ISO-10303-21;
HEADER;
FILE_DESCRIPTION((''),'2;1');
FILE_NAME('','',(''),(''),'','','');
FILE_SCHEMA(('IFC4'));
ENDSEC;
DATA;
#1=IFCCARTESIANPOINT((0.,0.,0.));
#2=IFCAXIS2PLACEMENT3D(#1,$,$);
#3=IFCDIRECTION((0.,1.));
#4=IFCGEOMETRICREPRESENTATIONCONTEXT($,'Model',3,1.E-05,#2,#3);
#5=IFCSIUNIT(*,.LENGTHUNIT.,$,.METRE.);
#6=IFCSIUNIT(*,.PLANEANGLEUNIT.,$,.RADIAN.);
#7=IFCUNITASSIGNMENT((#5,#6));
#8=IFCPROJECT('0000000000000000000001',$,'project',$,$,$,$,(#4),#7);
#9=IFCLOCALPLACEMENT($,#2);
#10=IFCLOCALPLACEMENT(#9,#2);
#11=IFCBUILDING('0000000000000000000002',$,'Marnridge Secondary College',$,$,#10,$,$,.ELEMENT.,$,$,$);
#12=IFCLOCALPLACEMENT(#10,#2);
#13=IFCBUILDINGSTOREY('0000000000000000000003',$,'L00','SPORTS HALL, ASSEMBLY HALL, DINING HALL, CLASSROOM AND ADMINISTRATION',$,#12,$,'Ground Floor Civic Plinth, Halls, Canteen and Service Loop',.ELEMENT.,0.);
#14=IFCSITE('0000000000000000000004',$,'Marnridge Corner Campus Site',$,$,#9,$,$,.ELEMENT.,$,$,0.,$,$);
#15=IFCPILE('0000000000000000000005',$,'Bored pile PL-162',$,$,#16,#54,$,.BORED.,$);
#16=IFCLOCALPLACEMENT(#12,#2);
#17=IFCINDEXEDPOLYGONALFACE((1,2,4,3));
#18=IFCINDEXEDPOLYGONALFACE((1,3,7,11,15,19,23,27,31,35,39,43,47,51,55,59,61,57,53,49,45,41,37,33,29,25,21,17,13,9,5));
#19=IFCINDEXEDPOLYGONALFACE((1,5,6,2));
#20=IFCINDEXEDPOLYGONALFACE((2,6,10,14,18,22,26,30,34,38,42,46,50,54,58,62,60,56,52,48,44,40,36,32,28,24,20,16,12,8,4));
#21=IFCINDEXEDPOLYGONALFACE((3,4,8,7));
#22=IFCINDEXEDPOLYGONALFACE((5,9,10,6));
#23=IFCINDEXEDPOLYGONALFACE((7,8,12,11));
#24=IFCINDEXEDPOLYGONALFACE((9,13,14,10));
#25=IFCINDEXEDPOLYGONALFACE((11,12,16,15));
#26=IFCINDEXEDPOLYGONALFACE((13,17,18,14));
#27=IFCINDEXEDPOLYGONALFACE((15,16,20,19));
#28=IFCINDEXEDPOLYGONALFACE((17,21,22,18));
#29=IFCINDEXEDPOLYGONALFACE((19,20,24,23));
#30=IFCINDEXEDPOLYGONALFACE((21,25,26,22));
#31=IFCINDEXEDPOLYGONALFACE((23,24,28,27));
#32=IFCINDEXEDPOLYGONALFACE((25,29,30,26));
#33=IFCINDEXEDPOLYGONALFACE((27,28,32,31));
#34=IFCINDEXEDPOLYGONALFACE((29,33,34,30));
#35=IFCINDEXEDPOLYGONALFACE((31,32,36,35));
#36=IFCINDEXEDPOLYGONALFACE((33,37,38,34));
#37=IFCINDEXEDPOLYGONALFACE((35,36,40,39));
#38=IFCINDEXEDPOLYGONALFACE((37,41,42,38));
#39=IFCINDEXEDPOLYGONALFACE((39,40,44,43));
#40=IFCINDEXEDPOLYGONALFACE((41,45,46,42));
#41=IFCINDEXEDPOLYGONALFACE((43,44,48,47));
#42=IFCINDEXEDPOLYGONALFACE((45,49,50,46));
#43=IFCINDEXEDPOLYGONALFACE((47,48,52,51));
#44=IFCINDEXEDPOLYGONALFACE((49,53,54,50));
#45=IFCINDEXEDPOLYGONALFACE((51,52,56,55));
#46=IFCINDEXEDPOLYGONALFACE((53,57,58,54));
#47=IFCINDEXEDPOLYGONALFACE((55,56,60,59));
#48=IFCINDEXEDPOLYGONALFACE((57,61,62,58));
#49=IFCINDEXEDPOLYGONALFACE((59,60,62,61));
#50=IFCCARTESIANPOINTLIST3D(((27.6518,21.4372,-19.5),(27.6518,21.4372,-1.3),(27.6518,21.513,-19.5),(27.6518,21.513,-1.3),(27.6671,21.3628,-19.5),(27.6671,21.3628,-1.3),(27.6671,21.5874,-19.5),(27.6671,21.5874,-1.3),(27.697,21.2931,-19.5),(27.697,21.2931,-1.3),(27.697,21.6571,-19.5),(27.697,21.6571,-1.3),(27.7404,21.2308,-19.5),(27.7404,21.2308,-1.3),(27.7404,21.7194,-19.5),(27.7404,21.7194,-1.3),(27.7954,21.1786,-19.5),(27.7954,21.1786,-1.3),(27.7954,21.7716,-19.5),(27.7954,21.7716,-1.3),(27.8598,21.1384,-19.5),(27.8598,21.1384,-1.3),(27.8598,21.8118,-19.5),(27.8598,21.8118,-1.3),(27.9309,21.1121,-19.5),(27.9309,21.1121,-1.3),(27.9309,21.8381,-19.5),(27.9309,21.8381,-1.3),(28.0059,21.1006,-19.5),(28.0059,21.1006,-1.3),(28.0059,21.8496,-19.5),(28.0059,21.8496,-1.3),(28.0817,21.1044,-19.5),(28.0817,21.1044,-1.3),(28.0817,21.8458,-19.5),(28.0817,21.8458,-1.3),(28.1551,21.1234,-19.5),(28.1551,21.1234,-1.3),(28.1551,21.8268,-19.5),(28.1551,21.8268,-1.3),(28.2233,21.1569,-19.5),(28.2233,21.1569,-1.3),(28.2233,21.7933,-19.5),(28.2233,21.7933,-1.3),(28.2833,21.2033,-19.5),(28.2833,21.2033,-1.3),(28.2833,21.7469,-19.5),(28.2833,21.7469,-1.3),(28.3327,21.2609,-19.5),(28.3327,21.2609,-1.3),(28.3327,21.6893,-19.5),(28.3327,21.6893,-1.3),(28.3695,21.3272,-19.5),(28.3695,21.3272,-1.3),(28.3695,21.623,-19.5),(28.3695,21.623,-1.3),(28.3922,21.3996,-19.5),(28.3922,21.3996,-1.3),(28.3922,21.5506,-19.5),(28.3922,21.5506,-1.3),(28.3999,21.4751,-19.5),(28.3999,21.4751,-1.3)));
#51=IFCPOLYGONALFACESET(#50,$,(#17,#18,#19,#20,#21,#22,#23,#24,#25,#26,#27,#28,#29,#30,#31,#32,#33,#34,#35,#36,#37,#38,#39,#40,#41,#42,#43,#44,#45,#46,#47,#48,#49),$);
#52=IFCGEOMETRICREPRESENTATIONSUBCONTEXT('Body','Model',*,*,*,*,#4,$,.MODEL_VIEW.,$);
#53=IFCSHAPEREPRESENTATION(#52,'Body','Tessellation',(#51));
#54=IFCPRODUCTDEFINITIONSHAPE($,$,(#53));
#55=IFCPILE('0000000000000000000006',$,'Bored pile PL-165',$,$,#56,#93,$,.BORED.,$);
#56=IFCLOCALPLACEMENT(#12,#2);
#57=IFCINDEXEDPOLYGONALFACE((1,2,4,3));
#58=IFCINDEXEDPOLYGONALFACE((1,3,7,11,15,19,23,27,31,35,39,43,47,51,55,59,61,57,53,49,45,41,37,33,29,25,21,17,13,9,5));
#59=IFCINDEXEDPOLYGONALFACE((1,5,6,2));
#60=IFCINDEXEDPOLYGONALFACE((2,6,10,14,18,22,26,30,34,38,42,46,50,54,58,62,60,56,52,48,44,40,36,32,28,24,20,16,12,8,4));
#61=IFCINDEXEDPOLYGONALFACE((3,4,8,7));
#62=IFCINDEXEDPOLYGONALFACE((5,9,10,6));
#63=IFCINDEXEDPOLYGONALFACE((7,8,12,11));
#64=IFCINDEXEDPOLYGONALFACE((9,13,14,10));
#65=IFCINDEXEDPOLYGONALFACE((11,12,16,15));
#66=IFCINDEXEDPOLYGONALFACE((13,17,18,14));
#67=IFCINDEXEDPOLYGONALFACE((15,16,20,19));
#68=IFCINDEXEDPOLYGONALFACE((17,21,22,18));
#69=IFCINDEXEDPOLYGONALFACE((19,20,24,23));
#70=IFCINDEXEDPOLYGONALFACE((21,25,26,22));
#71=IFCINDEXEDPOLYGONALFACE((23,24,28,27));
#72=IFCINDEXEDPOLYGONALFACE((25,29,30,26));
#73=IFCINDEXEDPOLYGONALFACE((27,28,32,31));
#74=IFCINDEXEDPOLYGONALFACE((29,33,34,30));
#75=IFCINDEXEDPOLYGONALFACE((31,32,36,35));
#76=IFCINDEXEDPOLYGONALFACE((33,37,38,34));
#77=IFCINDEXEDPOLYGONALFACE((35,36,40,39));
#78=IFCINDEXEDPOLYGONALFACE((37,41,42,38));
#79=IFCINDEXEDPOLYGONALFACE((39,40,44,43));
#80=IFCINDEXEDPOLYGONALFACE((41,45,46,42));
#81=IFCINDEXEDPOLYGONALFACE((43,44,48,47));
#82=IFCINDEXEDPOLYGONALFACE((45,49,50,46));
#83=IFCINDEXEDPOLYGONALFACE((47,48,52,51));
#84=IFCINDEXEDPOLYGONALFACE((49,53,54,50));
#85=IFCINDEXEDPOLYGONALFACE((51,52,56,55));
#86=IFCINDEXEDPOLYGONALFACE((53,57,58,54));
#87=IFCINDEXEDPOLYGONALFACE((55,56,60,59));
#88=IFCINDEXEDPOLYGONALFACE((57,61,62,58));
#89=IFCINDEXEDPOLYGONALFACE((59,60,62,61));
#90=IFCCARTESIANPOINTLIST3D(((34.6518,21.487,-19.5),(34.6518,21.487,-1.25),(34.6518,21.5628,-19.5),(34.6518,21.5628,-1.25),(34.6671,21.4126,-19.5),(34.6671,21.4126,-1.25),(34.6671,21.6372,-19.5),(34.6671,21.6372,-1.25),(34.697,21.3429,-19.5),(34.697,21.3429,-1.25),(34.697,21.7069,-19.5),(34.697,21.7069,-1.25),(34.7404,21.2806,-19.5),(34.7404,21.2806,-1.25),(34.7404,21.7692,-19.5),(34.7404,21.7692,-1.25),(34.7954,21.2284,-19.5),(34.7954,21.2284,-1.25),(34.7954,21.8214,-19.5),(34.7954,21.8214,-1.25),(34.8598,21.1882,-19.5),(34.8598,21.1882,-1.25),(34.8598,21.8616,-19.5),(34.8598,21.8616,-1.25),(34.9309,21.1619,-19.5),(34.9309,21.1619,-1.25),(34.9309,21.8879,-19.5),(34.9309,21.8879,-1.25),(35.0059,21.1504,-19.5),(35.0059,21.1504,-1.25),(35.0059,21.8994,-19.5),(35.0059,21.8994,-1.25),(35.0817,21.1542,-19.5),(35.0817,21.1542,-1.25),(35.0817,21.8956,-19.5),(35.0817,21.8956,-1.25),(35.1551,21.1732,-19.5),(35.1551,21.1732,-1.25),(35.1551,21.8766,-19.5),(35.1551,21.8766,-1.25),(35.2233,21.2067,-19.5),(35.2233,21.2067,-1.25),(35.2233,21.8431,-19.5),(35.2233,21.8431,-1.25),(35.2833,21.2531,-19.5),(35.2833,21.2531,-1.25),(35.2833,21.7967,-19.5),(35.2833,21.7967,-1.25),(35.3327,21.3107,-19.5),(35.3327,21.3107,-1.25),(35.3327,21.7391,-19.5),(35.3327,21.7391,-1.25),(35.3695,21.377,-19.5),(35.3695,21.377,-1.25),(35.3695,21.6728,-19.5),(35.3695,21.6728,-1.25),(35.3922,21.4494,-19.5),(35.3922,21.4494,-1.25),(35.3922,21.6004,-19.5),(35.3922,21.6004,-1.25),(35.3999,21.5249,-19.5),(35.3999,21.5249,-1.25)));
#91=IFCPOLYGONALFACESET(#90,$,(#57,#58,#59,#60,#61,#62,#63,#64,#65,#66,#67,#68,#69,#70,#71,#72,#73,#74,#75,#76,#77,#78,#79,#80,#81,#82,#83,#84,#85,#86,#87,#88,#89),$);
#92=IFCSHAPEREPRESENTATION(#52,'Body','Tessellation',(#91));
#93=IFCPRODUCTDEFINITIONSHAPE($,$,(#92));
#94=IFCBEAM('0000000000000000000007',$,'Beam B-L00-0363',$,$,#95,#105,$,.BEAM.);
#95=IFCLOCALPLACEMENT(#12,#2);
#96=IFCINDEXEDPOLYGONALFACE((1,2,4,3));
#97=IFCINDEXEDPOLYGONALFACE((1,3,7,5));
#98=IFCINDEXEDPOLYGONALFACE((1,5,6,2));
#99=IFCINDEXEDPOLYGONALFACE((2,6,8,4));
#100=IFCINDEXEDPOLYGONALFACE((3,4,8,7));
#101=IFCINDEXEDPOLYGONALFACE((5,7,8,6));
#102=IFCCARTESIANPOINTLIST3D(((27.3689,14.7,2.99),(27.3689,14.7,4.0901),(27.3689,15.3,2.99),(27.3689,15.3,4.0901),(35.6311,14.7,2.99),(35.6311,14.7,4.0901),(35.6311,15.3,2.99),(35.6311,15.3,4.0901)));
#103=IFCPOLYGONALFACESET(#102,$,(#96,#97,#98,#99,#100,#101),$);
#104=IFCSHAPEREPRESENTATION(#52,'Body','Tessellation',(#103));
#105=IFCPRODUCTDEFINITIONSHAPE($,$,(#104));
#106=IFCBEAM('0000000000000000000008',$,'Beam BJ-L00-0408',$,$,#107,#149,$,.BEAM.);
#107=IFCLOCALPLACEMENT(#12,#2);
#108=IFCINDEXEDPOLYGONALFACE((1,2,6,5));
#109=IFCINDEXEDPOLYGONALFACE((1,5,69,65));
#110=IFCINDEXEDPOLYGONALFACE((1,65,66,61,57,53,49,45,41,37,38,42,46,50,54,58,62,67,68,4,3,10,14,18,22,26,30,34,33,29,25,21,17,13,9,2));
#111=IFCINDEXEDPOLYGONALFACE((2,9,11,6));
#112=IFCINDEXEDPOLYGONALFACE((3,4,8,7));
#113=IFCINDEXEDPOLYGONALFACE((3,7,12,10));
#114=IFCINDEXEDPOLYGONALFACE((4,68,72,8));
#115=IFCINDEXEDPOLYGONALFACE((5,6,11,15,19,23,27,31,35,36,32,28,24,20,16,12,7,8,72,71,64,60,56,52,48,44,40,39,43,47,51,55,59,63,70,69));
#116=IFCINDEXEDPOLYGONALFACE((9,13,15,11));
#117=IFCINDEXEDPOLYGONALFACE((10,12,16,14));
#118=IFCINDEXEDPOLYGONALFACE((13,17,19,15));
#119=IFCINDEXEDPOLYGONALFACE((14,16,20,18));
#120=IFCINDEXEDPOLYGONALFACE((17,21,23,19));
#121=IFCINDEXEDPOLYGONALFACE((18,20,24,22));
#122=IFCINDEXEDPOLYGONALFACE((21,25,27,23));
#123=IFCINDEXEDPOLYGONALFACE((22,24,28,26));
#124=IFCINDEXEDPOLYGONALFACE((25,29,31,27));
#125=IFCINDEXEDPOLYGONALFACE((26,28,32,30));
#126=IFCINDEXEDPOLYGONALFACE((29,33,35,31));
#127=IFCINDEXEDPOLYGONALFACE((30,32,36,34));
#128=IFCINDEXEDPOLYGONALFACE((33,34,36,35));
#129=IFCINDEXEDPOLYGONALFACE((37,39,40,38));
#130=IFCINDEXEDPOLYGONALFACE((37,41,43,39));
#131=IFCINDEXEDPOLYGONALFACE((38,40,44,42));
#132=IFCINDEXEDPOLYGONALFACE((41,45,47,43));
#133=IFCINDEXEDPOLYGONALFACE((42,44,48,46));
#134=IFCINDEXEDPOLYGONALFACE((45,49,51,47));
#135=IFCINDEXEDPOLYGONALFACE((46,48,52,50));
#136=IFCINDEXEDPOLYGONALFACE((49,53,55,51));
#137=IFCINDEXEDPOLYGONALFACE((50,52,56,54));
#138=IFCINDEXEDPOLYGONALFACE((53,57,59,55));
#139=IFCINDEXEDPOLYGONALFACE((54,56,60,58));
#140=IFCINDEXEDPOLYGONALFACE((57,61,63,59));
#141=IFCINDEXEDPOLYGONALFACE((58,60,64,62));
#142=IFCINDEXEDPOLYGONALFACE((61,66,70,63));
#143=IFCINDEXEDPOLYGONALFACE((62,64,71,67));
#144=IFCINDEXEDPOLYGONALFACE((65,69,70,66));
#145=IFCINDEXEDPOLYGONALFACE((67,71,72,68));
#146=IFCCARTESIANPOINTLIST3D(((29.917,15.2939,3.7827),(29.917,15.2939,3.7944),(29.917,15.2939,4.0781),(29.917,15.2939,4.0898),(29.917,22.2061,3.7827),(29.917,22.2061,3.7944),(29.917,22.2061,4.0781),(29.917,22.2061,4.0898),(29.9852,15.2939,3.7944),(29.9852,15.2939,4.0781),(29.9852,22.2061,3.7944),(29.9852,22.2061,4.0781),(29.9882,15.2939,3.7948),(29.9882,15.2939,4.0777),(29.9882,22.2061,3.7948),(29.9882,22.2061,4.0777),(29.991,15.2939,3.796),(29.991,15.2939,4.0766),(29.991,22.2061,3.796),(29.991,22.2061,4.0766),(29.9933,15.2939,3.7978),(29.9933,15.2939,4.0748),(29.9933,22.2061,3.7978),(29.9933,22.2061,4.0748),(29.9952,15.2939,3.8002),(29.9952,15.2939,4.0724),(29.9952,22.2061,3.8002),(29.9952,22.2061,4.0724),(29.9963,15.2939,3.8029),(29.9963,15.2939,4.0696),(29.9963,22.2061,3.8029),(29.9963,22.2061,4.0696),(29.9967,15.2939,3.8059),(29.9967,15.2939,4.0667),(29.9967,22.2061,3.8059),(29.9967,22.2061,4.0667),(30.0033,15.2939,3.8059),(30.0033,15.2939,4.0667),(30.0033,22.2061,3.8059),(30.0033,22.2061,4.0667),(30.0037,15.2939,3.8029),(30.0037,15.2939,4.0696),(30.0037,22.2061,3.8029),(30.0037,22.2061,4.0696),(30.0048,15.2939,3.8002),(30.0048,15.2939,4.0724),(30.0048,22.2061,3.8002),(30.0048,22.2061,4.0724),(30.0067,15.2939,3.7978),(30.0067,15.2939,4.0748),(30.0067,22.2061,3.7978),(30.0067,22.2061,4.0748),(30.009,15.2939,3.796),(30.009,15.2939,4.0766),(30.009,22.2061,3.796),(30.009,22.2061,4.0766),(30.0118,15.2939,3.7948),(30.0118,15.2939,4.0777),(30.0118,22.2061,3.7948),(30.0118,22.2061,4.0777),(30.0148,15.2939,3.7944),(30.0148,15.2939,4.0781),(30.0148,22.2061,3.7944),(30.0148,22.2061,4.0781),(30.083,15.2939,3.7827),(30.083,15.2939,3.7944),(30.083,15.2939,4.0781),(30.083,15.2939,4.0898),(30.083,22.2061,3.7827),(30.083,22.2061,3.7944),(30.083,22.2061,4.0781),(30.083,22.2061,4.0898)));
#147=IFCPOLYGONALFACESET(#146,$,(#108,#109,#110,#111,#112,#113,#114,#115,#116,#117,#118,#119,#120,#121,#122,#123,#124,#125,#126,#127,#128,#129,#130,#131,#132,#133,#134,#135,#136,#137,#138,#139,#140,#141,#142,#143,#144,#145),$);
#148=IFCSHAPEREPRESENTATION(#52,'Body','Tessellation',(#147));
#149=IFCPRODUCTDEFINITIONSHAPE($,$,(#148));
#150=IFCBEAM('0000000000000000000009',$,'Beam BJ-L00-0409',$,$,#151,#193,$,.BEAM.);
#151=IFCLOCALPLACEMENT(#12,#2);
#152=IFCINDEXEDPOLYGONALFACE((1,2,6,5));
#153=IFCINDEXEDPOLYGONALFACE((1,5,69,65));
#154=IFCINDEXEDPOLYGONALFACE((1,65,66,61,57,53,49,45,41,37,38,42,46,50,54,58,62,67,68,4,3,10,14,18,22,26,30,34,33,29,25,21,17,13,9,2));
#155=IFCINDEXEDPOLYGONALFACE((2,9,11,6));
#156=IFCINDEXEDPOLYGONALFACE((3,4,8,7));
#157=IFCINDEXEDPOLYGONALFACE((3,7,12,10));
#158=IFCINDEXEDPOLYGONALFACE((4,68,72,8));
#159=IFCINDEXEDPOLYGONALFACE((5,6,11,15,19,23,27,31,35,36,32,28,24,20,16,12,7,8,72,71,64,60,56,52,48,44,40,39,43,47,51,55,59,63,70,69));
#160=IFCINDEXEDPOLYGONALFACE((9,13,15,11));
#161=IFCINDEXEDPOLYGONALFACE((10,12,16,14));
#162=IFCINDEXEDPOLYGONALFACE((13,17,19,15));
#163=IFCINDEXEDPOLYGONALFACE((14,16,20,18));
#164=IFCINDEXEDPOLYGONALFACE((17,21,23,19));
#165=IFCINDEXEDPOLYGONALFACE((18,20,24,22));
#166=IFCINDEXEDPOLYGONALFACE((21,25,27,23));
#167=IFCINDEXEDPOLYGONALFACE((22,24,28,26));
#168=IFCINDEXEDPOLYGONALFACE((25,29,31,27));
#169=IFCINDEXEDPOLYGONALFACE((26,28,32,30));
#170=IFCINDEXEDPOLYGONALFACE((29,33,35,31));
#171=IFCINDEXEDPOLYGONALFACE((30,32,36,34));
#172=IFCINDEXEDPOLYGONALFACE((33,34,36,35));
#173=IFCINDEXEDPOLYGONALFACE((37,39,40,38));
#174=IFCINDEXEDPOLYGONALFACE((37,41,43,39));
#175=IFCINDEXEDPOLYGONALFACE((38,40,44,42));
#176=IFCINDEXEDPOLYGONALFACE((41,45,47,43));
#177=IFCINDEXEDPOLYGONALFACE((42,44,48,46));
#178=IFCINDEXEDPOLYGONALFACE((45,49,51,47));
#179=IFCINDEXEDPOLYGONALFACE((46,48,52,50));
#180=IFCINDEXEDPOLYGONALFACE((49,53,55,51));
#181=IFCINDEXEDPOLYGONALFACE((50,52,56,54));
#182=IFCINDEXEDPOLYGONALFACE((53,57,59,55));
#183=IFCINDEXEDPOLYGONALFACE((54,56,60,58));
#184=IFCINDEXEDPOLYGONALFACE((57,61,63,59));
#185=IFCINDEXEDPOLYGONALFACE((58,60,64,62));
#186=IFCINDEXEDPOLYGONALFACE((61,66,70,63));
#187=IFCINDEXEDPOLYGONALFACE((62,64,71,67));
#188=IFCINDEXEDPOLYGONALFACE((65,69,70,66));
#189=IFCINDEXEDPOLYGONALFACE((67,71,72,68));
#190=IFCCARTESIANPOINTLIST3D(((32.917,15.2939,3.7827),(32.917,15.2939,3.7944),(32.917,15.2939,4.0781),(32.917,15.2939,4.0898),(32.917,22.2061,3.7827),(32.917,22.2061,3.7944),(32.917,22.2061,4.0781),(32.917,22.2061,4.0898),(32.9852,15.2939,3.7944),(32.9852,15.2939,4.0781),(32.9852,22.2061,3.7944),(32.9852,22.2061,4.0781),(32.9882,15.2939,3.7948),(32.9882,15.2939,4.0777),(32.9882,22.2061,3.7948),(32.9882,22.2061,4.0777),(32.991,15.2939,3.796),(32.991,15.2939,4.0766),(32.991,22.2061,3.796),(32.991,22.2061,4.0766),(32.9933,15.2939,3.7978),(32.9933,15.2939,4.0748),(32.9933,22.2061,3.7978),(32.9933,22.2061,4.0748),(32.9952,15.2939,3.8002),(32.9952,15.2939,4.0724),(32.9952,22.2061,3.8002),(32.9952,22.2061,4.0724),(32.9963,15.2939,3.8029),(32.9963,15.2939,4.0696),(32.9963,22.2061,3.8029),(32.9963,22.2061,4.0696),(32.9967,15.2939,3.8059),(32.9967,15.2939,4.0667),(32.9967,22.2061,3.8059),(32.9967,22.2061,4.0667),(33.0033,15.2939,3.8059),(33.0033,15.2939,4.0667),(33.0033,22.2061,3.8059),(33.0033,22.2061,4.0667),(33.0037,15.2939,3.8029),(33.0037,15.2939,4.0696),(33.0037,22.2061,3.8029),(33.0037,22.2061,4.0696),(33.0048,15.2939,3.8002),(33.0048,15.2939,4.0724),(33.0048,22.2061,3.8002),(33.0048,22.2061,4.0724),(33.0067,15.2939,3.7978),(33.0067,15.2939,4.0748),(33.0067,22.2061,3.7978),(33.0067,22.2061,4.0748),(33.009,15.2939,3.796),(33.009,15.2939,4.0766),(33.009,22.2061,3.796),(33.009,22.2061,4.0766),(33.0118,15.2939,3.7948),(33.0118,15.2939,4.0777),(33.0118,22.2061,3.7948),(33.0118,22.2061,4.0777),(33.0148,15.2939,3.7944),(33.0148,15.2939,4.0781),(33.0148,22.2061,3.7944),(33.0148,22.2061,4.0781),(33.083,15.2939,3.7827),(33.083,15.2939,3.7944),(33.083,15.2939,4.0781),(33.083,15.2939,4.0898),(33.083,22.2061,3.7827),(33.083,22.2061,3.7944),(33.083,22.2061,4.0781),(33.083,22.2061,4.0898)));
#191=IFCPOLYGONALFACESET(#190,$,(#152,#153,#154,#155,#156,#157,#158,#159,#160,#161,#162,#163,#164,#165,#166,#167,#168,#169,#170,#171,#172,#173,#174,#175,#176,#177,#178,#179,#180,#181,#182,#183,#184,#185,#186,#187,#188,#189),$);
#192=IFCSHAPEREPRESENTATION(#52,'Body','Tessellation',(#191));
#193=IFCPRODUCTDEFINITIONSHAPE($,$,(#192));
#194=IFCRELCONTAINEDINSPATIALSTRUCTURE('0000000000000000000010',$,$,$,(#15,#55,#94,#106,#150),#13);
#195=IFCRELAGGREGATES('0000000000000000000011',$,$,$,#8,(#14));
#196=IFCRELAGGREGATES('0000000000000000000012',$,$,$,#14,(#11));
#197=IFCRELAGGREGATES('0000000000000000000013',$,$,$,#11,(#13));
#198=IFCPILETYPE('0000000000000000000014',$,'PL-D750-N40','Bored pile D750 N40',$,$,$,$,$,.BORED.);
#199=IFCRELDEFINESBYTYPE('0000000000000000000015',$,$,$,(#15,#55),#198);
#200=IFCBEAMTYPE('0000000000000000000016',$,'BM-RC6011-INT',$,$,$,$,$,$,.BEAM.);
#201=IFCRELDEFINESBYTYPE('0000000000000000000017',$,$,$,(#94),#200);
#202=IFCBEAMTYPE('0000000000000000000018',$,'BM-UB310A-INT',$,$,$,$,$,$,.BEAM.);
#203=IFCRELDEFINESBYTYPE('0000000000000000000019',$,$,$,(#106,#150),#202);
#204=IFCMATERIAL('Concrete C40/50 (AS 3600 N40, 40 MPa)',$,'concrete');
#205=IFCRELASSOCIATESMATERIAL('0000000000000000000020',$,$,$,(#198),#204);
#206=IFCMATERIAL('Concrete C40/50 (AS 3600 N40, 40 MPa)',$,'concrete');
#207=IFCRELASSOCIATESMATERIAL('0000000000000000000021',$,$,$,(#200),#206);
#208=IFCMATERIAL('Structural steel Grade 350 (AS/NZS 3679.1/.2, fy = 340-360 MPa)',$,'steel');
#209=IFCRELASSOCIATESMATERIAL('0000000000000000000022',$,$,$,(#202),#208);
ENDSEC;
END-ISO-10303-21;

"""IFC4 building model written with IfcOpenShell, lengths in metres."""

from ifc_helpers import new_model, si_unit, direction, frame, origin, origin_2d, place, context, subcontext, project, spatial, rectangle, circle, i_section, extrude, material, material_profile, profile_set, type_object, element, save


model = new_model("IFC4")

# Units and contexts
model_context = context("Model", 3, precision=1e-05, world=origin(), true_north=direction((0.0, 1.0)))
body_context = subcontext(model_context, "Body", "Model", "MODEL_VIEW")
ifc_project = project(units=[si_unit("LENGTHUNIT", "METRE"), si_unit("PLANEANGLEUNIT", "RADIAN")], contexts=[model_context])

# Site, building, storey
site_placement = place(None, origin())
site = spatial("IfcSite", under=ifc_project, at=site_placement, Name="Marnridge Corner Campus Site", CompositionType="ELEMENT", RefElevation=0.0)
building_placement = place(site_placement, origin())
building = spatial("IfcBuilding", under=site, at=building_placement, Name="Marnridge Secondary College", CompositionType="ELEMENT")
storey_placement = place(building_placement, origin())
storey = spatial("IfcBuildingStorey", under=building, at=storey_placement, Name="L00", Description="SPORTS HALL, ASSEMBLY HALL, DINING HALL, CLASSROOM AND ADMINISTRATION", LongName="Ground Floor Civic Plinth, Halls, Canteen and Service Loop", CompositionType="ELEMENT", Elevation=0.0)

# Piles
ifc_material_1 = material(Name="Concrete C40/50 (AS 3600 N40, 40 MPa)", Category="concrete")
ifc_material_profile_1 = material_profile(ifc_material_1, circle(Radius=0.375, at=origin_2d()), Name="PILE D750")
ifc_profile_set_1 = profile_set([ifc_material_profile_1], Name="Concrete C40/50 (AS 3600 N40, 40 MPa)")
pile_type = type_object("IfcPileType", Name="PL-D750-N40", Description="Bored pile D750 N40", PredefinedType="BORED", material=ifc_profile_set_1)
pile_1_placement = place(storey_placement, frame((28.0249, 21.4751, -1.3), z_axis=(0.0, 0.0, -1.0), x_axis=(1.0, 0.0, 0.0)))
element("IfcPile", 1, at=pile_1_placement, inside=storey, type_object=pile_type, Name="Bored pile PL-162", PredefinedType="BORED", context=body_context, shape_type="SweptSolid", body=[
    extrude(circle(Radius=0.375, at=origin_2d()), origin(), (0.0, 0.0, 1.0), 18.2),
])
pile_2_placement = place(storey_placement, frame((35.0249, 21.5249, -1.25), z_axis=(0.0, 0.0, -1.0), x_axis=(1.0, 0.0, 0.0)))
element("IfcPile", 2, at=pile_2_placement, inside=storey, type_object=pile_type, Name="Bored pile PL-165", PredefinedType="BORED", context=body_context, shape_type="SweptSolid", body=[
    extrude(circle(Radius=0.375, at=origin_2d()), origin(), (0.0, 0.0, 1.0), 18.25),
])

# Beams
ifc_material_2 = material(Name="Concrete C40/50 (AS 3600 N40, 40 MPa)", Category="concrete")
ifc_material_profile_2 = material_profile(ifc_material_2, rectangle(XDim=0.6001, YDim=1.1001, at=origin_2d()), Name="RC 600x1100")
ifc_profile_set_2 = profile_set([ifc_material_profile_2], Name="Concrete C40/50 (AS 3600 N40, 40 MPa)")
beam_type_1 = type_object("IfcBeamType", Name="BM-RC6011-INT", PredefinedType="BEAM", material=ifc_profile_set_2)
beam_placement = place(storey_placement, frame((27.3689, 15.0, 3.54), z_axis=(1.0, 0.0, 0.0), x_axis=(0.0, 1.0, 0.0)))
element("IfcBeam", 3, at=beam_placement, inside=storey, type_object=beam_type_1, Name="Beam B-L00-0363", PredefinedType="BEAM", context=body_context, shape_type="SweptSolid", body=[
    extrude(rectangle(XDim=0.6001, YDim=1.1001, at=origin_2d()), origin(), (0.0, 0.0, 1.0), 8.2622),
])
ifc_material_3 = material(Name="Structural steel Grade 350 (AS/NZS 3679.1/.2, fy = 340-360 MPa)", Category="steel")
ifc_material_profile_3 = material_profile(ifc_material_3, i_section(OverallWidth=0.166, OverallDepth=0.3071, WebThickness=0.0066, FlangeThickness=0.0117, FilletRadius=0.0115, at=origin_2d()), Name="310UB46.2")
ifc_profile_set_3 = profile_set([ifc_material_profile_3], Name="Structural steel Grade 350 (AS/NZS 3679.1/.2, fy = 340-360 MPa)")
beam_type_2 = type_object("IfcBeamType", Name="BM-UB310A-INT", PredefinedType="BEAM", material=ifc_profile_set_3)
for number, where, z_axis, x_axis, name in (
    (4, (30.0, 15.2939, 3.9363), (0.0, 1.0, 0.0), (-1.0, 0.0, 0.0), "Beam BJ-L00-0408"),
    (5, (33.0, 15.2939, 3.9363), (0.0, 1.0, 0.0), (-1.0, 0.0, 0.0), "Beam BJ-L00-0409"),
):
    element("IfcBeam", number, at=place(storey_placement, frame(where, z_axis=z_axis, x_axis=x_axis)), inside=storey, type_object=beam_type_2, Name=name, PredefinedType="BEAM", context=body_context, shape_type="SweptSolid", body=[
        extrude(i_section(OverallWidth=0.166, OverallDepth=0.3071, WebThickness=0.0066, FlangeThickness=0.0117, FilletRadius=0.0115, at=origin_2d()), origin(), (0.0, 0.0, 1.0), 6.9121),
    ])

save(model, "model.ifc")
